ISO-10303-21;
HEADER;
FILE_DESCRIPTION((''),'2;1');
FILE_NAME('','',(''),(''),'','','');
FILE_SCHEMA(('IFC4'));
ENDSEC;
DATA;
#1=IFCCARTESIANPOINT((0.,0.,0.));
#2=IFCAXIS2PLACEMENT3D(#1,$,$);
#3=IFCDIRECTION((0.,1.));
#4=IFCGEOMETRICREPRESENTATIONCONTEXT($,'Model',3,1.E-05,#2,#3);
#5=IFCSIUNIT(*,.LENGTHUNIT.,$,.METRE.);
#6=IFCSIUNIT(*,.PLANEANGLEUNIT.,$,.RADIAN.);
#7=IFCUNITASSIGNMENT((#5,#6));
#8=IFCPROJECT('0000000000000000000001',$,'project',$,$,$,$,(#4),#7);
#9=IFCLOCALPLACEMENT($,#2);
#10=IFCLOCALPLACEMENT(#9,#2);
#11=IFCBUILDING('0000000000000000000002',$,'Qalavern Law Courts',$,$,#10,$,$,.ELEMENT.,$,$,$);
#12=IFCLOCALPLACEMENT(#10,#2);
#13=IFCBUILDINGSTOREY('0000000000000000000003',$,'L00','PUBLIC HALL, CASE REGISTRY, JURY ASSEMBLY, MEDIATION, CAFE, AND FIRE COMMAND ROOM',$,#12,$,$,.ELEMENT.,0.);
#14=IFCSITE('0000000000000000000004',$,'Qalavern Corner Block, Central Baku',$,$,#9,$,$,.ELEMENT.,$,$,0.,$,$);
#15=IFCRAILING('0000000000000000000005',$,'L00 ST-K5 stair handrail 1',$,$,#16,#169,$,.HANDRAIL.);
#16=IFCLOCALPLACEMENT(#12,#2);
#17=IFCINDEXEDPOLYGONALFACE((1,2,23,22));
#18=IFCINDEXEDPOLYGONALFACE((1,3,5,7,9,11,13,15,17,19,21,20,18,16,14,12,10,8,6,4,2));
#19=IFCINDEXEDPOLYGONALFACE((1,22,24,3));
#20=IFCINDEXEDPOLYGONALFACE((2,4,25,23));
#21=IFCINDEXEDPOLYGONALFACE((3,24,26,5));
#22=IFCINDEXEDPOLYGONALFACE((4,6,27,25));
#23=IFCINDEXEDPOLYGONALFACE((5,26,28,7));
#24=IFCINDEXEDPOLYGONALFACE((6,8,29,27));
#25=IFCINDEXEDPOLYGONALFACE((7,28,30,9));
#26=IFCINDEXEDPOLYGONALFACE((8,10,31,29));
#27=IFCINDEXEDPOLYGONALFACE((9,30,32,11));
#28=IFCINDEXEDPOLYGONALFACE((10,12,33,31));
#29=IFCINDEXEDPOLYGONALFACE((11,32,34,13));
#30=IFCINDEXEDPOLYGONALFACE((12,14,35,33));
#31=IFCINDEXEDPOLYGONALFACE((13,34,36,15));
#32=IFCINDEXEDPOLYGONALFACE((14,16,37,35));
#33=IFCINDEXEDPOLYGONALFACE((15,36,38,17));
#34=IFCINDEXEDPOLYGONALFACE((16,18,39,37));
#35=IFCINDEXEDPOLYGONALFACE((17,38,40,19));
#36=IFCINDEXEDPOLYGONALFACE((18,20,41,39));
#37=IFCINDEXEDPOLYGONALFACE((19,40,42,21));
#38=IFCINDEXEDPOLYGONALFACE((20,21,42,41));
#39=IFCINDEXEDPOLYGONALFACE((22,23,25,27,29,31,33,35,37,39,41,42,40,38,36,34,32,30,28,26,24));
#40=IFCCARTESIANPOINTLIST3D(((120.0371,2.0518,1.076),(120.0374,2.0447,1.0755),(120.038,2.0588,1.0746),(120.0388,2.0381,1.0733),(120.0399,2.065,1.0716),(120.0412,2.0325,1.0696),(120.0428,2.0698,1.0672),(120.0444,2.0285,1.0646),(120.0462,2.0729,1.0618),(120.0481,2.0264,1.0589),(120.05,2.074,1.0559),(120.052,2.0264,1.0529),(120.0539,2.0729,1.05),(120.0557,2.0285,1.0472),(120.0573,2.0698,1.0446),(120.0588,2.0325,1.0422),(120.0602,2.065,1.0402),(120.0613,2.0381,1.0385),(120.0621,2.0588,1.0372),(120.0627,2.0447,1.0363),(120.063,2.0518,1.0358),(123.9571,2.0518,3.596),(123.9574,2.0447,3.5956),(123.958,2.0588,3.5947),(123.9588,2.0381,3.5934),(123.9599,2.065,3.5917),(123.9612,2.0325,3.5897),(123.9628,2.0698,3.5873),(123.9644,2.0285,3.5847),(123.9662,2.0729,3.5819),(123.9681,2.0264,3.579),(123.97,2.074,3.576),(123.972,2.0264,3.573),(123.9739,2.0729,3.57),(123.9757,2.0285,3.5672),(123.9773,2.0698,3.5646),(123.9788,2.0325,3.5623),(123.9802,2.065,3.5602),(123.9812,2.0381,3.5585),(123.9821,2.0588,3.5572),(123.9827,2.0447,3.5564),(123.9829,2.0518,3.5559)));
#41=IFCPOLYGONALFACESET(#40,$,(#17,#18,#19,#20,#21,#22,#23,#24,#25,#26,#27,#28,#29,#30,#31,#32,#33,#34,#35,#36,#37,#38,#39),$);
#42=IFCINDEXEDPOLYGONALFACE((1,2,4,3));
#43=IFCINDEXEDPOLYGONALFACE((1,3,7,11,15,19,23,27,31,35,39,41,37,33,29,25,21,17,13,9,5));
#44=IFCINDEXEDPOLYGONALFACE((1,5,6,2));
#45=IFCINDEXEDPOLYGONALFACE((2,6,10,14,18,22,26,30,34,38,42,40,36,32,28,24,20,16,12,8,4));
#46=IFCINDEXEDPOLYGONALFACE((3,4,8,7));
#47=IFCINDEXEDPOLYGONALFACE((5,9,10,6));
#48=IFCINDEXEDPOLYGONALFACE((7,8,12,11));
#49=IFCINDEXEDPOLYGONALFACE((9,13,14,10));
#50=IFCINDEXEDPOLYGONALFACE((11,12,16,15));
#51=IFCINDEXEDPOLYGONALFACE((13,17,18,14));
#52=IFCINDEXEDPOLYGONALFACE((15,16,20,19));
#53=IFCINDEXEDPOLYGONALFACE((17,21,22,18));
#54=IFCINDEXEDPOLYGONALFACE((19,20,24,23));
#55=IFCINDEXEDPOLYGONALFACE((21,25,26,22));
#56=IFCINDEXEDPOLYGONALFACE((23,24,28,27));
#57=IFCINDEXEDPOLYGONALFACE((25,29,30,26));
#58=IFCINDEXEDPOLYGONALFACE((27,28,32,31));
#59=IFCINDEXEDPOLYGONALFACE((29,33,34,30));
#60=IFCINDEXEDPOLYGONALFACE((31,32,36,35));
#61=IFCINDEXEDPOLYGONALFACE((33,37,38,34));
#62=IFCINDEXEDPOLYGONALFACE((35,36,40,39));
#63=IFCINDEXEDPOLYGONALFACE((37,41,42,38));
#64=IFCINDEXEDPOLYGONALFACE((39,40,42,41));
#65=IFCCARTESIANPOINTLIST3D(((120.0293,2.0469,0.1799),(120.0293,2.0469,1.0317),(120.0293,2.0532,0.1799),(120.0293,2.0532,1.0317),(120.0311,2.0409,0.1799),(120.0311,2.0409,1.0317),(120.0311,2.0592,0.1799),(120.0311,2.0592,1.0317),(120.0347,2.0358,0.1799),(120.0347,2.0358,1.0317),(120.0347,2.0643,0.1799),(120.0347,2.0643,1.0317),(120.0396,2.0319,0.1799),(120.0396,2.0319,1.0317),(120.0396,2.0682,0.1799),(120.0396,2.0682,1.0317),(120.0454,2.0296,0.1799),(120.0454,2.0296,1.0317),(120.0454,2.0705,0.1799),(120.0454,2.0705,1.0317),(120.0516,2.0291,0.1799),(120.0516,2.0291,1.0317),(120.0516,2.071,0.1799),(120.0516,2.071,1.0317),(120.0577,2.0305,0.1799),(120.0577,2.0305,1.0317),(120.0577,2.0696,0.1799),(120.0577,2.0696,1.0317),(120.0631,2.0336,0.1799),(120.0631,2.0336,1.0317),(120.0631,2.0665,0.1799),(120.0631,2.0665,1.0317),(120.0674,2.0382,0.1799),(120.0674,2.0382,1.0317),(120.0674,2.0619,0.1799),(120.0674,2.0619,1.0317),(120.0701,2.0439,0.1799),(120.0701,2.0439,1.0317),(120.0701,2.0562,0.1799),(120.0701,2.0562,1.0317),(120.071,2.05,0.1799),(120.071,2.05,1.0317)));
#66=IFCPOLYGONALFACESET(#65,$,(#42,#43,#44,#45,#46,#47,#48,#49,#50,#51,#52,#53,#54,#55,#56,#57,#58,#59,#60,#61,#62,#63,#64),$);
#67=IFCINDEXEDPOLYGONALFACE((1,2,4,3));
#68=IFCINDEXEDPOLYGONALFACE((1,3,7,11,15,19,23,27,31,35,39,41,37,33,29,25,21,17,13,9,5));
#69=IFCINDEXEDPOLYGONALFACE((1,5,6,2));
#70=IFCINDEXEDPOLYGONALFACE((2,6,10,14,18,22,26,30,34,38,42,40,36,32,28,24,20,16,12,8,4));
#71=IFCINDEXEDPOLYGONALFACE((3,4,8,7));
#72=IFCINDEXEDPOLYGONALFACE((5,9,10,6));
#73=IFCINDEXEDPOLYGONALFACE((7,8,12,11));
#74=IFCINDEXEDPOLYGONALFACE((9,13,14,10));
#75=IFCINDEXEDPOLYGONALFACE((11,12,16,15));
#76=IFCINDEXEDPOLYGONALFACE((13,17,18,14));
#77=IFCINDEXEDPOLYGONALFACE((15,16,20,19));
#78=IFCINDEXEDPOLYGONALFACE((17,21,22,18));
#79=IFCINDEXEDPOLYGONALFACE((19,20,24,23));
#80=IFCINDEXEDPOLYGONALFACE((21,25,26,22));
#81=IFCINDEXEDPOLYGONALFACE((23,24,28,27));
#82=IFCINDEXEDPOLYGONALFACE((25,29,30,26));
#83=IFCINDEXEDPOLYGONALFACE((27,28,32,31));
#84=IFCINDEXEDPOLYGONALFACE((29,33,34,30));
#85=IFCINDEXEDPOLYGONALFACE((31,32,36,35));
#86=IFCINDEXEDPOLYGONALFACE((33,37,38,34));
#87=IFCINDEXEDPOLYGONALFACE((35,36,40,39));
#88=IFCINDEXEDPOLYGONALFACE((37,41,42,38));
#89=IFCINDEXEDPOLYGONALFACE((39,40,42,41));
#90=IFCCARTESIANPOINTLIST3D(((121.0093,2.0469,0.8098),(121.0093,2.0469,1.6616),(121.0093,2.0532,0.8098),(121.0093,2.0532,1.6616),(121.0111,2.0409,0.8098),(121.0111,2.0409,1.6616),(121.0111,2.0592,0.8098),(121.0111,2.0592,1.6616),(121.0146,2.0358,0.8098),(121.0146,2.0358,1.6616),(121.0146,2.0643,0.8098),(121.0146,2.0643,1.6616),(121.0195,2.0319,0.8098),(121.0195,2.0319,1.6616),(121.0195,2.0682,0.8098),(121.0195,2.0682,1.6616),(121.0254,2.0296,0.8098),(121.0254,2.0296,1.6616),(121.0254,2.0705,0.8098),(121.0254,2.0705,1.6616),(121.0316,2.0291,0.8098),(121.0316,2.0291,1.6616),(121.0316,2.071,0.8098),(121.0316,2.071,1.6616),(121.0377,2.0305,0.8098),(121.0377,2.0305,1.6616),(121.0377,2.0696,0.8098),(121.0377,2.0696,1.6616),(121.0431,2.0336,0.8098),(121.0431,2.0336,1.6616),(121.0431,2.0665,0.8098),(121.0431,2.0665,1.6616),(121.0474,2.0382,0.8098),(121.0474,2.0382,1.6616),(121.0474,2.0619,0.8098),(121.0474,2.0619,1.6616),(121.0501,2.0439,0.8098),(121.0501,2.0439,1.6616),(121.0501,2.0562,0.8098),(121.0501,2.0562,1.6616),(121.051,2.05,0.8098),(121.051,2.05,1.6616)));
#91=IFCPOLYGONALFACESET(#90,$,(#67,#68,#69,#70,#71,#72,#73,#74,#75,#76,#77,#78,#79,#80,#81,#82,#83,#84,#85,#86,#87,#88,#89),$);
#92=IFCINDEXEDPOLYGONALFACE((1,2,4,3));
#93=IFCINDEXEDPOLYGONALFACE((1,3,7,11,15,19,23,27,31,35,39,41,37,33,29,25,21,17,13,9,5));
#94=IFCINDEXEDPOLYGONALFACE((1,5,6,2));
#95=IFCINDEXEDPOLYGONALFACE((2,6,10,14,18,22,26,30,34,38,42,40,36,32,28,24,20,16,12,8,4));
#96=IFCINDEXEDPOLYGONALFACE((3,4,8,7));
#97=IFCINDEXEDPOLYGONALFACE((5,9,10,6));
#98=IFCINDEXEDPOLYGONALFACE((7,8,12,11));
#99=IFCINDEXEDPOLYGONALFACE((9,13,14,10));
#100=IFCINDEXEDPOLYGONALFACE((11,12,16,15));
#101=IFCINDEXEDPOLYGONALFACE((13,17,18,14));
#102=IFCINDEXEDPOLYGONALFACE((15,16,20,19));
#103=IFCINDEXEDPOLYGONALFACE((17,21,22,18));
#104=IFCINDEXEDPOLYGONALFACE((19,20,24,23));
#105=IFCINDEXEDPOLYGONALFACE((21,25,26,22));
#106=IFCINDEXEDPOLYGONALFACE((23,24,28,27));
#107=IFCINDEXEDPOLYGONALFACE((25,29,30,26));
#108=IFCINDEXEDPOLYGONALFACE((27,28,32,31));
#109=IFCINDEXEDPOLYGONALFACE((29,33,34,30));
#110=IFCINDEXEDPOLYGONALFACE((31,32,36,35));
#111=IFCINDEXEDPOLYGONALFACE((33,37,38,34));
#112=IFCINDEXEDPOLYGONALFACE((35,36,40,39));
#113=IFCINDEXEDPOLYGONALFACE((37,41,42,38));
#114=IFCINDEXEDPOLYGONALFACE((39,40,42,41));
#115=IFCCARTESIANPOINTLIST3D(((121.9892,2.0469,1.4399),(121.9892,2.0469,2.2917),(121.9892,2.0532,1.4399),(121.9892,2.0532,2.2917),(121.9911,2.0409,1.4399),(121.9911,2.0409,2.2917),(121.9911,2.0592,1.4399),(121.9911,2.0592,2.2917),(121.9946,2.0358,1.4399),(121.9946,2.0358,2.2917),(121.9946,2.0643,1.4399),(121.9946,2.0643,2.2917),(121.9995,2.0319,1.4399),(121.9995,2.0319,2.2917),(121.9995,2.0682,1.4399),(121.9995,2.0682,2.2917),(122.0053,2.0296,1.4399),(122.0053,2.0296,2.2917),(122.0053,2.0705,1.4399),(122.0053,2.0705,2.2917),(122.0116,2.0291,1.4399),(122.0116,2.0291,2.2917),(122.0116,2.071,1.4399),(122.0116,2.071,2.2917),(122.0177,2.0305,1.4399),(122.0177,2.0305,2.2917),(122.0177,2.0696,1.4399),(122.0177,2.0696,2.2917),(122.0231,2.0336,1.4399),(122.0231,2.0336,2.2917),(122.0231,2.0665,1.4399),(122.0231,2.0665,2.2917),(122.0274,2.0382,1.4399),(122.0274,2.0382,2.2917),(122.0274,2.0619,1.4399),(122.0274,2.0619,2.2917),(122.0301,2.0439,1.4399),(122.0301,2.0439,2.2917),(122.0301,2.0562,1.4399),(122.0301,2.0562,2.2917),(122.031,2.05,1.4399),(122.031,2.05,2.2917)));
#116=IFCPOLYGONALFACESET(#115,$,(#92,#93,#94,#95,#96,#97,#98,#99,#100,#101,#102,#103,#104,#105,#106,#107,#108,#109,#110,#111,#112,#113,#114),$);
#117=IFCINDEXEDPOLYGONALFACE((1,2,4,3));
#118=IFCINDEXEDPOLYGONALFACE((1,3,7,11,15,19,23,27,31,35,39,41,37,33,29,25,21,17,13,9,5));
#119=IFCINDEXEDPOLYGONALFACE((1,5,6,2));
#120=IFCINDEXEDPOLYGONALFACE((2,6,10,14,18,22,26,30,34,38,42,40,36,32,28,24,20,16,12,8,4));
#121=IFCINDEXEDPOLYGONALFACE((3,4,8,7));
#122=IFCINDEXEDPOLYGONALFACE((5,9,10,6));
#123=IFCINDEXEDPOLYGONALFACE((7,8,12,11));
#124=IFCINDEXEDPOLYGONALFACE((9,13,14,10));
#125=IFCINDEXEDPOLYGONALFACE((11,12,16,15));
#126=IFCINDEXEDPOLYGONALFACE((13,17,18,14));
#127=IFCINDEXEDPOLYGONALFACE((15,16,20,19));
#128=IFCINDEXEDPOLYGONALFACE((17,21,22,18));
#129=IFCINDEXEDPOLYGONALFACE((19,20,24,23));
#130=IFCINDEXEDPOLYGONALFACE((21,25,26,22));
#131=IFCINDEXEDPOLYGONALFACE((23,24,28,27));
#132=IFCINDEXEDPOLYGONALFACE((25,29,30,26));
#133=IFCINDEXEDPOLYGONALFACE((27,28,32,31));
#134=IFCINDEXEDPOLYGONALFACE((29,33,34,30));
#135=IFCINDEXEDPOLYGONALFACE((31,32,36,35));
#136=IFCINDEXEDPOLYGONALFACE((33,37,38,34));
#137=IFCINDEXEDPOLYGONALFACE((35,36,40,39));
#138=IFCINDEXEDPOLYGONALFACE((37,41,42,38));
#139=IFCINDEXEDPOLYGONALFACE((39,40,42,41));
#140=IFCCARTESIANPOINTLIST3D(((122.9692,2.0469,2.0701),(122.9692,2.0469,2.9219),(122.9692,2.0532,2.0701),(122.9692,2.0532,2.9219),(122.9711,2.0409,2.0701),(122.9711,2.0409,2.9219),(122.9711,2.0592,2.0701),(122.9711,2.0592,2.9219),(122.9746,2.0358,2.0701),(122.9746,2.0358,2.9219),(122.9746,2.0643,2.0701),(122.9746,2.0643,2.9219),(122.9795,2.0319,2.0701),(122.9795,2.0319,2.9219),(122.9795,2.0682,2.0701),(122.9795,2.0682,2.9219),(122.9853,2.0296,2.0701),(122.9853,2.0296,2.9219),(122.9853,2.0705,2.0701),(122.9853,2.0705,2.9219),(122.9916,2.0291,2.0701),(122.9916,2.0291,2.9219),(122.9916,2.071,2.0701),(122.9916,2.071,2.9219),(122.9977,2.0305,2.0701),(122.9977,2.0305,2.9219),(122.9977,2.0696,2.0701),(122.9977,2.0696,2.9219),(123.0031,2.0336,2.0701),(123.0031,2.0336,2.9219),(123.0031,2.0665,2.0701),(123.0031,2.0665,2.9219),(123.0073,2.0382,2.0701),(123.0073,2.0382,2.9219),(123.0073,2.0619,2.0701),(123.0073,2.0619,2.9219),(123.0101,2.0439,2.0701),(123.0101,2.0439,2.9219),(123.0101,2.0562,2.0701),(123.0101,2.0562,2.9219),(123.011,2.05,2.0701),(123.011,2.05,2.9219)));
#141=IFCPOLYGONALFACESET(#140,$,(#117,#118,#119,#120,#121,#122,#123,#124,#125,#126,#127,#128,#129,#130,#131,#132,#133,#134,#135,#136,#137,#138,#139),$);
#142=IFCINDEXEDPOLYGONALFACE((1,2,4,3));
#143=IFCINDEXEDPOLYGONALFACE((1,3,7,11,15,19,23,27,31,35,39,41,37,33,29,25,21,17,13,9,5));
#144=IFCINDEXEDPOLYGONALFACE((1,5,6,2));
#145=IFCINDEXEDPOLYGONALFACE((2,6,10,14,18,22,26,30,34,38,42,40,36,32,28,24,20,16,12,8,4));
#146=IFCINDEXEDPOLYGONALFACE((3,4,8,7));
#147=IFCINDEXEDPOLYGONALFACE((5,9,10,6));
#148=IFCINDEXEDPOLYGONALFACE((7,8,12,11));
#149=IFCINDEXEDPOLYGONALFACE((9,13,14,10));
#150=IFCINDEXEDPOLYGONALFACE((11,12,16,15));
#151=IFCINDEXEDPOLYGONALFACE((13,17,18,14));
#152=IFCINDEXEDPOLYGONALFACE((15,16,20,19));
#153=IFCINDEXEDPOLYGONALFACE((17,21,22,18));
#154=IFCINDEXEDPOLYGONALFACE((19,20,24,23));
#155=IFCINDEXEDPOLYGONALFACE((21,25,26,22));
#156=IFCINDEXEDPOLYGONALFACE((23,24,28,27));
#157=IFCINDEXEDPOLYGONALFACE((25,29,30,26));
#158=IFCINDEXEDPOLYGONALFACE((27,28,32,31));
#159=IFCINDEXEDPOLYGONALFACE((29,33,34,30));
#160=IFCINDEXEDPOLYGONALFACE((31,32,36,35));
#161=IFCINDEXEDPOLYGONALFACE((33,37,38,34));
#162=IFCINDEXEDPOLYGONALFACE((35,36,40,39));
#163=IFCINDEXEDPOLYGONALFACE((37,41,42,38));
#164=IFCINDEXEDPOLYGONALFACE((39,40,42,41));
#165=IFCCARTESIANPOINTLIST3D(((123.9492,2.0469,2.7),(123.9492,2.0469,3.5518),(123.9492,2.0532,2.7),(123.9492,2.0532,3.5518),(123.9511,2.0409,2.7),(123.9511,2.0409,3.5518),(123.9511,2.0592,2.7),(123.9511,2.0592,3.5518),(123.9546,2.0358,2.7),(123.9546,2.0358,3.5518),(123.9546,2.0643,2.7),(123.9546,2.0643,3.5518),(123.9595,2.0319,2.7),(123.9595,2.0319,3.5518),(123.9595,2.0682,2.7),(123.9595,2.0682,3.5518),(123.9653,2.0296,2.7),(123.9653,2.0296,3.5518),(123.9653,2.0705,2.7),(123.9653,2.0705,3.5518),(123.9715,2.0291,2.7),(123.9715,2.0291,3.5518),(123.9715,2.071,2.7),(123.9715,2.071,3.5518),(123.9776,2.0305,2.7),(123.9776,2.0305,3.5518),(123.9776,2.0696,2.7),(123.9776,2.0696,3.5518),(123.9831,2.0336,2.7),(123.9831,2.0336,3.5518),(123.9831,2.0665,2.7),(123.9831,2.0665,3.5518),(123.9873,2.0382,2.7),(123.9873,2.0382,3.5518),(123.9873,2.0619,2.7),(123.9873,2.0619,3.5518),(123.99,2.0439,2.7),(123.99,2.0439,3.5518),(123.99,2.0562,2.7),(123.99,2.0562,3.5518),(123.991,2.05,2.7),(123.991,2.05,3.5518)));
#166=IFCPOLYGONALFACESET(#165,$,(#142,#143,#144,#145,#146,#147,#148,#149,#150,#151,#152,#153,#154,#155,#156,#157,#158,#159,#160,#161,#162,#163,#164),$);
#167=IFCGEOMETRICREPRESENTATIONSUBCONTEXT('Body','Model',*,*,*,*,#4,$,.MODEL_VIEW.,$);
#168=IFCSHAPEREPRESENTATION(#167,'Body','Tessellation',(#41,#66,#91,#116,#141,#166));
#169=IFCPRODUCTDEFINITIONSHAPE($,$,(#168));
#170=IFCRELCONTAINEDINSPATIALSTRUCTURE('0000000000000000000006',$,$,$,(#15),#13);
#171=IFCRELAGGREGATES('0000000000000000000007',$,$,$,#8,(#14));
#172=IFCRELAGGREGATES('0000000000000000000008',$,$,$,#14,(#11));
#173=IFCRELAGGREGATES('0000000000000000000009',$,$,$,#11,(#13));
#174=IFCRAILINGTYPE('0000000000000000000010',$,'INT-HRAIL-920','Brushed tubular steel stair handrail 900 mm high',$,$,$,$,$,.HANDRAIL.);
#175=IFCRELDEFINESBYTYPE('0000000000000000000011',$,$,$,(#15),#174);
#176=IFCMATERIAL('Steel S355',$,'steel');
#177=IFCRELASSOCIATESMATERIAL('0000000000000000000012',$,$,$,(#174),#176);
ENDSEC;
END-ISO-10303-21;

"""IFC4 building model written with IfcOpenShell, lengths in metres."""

from ifc_helpers import new_model, si_unit, direction, frame, origin, origin_2d, place, context, subcontext, project, spatial, circle, extrude, material, type_object, element, save


model = new_model("IFC4")

# Units and contexts
model_context = context("Model", 3, precision=1e-05, world=origin(), true_north=direction((0.0, 1.0)))
body_context = subcontext(model_context, "Body", "Model", "MODEL_VIEW")
ifc_project = project(units=[si_unit("LENGTHUNIT", "METRE"), si_unit("PLANEANGLEUNIT", "RADIAN")], contexts=[model_context])

# Site, building, storey
site_placement = place(None, origin())
site = spatial("IfcSite", under=ifc_project, at=site_placement, Name="Qalavern Corner Block, Central Baku", CompositionType="ELEMENT", RefElevation=0.0)
building_placement = place(site_placement, origin())
building = spatial("IfcBuilding", under=site, at=building_placement, Name="Qalavern Law Courts", CompositionType="ELEMENT")
storey_placement = place(building_placement, origin())
storey = spatial("IfcBuildingStorey", under=building, at=storey_placement, Name="L00", Description="PUBLIC HALL, CASE REGISTRY, JURY ASSEMBLY, MEDIATION, CAFE, AND FIRE COMMAND ROOM", CompositionType="ELEMENT", Elevation=0.0)

# Shared definitions
ifc_material_1 = material(Name="Steel S355", Category="steel")

# Railing
railing_type = type_object("IfcRailingType", Name="INT-HRAIL-920", Description="Brushed tubular steel stair handrail 900 mm high", PredefinedType="HANDRAIL", material=ifc_material_1)
railing_placement = place(storey_placement, frame((120.05, 2.05, 0.1799)))
element("IfcRailing", 1, at=railing_placement, inside=storey, type_object=railing_type, Name="L00 ST-K5 stair handrail 1", PredefinedType="HANDRAIL", context=body_context, shape_type="SweptSolid", body=[
    extrude(circle(Radius=0.0239, at=origin_2d()), frame((0.0, 0.0, 0.876), z_axis=(0.841172, 0.0, 0.540768), x_axis=(0.0, 1.0, 0.0)), (0.0, 0.0, 1.0), 4.6602),
    extrude(circle(Radius=0.021, at=origin_2d()), origin(), (0.0, 0.0, 1.0), 0.8518),
    extrude(circle(Radius=0.021, at=origin_2d()), frame((0.98, 0.0, 0.6299)), (0.0, 0.0, 1.0), 0.8518),
    extrude(circle(Radius=0.021, at=origin_2d()), frame((1.96, 0.0, 1.26)), (0.0, 0.0, 1.0), 0.8518),
    extrude(circle(Radius=0.021, at=origin_2d()), frame((2.9399, 0.0, 1.8901)), (0.0, 0.0, 1.0), 0.8518),
    extrude(circle(Radius=0.021, at=origin_2d()), frame((3.9199, 0.0, 2.52)), (0.0, 0.0, 1.0), 0.8518),
])

save(model, "model.ifc")
